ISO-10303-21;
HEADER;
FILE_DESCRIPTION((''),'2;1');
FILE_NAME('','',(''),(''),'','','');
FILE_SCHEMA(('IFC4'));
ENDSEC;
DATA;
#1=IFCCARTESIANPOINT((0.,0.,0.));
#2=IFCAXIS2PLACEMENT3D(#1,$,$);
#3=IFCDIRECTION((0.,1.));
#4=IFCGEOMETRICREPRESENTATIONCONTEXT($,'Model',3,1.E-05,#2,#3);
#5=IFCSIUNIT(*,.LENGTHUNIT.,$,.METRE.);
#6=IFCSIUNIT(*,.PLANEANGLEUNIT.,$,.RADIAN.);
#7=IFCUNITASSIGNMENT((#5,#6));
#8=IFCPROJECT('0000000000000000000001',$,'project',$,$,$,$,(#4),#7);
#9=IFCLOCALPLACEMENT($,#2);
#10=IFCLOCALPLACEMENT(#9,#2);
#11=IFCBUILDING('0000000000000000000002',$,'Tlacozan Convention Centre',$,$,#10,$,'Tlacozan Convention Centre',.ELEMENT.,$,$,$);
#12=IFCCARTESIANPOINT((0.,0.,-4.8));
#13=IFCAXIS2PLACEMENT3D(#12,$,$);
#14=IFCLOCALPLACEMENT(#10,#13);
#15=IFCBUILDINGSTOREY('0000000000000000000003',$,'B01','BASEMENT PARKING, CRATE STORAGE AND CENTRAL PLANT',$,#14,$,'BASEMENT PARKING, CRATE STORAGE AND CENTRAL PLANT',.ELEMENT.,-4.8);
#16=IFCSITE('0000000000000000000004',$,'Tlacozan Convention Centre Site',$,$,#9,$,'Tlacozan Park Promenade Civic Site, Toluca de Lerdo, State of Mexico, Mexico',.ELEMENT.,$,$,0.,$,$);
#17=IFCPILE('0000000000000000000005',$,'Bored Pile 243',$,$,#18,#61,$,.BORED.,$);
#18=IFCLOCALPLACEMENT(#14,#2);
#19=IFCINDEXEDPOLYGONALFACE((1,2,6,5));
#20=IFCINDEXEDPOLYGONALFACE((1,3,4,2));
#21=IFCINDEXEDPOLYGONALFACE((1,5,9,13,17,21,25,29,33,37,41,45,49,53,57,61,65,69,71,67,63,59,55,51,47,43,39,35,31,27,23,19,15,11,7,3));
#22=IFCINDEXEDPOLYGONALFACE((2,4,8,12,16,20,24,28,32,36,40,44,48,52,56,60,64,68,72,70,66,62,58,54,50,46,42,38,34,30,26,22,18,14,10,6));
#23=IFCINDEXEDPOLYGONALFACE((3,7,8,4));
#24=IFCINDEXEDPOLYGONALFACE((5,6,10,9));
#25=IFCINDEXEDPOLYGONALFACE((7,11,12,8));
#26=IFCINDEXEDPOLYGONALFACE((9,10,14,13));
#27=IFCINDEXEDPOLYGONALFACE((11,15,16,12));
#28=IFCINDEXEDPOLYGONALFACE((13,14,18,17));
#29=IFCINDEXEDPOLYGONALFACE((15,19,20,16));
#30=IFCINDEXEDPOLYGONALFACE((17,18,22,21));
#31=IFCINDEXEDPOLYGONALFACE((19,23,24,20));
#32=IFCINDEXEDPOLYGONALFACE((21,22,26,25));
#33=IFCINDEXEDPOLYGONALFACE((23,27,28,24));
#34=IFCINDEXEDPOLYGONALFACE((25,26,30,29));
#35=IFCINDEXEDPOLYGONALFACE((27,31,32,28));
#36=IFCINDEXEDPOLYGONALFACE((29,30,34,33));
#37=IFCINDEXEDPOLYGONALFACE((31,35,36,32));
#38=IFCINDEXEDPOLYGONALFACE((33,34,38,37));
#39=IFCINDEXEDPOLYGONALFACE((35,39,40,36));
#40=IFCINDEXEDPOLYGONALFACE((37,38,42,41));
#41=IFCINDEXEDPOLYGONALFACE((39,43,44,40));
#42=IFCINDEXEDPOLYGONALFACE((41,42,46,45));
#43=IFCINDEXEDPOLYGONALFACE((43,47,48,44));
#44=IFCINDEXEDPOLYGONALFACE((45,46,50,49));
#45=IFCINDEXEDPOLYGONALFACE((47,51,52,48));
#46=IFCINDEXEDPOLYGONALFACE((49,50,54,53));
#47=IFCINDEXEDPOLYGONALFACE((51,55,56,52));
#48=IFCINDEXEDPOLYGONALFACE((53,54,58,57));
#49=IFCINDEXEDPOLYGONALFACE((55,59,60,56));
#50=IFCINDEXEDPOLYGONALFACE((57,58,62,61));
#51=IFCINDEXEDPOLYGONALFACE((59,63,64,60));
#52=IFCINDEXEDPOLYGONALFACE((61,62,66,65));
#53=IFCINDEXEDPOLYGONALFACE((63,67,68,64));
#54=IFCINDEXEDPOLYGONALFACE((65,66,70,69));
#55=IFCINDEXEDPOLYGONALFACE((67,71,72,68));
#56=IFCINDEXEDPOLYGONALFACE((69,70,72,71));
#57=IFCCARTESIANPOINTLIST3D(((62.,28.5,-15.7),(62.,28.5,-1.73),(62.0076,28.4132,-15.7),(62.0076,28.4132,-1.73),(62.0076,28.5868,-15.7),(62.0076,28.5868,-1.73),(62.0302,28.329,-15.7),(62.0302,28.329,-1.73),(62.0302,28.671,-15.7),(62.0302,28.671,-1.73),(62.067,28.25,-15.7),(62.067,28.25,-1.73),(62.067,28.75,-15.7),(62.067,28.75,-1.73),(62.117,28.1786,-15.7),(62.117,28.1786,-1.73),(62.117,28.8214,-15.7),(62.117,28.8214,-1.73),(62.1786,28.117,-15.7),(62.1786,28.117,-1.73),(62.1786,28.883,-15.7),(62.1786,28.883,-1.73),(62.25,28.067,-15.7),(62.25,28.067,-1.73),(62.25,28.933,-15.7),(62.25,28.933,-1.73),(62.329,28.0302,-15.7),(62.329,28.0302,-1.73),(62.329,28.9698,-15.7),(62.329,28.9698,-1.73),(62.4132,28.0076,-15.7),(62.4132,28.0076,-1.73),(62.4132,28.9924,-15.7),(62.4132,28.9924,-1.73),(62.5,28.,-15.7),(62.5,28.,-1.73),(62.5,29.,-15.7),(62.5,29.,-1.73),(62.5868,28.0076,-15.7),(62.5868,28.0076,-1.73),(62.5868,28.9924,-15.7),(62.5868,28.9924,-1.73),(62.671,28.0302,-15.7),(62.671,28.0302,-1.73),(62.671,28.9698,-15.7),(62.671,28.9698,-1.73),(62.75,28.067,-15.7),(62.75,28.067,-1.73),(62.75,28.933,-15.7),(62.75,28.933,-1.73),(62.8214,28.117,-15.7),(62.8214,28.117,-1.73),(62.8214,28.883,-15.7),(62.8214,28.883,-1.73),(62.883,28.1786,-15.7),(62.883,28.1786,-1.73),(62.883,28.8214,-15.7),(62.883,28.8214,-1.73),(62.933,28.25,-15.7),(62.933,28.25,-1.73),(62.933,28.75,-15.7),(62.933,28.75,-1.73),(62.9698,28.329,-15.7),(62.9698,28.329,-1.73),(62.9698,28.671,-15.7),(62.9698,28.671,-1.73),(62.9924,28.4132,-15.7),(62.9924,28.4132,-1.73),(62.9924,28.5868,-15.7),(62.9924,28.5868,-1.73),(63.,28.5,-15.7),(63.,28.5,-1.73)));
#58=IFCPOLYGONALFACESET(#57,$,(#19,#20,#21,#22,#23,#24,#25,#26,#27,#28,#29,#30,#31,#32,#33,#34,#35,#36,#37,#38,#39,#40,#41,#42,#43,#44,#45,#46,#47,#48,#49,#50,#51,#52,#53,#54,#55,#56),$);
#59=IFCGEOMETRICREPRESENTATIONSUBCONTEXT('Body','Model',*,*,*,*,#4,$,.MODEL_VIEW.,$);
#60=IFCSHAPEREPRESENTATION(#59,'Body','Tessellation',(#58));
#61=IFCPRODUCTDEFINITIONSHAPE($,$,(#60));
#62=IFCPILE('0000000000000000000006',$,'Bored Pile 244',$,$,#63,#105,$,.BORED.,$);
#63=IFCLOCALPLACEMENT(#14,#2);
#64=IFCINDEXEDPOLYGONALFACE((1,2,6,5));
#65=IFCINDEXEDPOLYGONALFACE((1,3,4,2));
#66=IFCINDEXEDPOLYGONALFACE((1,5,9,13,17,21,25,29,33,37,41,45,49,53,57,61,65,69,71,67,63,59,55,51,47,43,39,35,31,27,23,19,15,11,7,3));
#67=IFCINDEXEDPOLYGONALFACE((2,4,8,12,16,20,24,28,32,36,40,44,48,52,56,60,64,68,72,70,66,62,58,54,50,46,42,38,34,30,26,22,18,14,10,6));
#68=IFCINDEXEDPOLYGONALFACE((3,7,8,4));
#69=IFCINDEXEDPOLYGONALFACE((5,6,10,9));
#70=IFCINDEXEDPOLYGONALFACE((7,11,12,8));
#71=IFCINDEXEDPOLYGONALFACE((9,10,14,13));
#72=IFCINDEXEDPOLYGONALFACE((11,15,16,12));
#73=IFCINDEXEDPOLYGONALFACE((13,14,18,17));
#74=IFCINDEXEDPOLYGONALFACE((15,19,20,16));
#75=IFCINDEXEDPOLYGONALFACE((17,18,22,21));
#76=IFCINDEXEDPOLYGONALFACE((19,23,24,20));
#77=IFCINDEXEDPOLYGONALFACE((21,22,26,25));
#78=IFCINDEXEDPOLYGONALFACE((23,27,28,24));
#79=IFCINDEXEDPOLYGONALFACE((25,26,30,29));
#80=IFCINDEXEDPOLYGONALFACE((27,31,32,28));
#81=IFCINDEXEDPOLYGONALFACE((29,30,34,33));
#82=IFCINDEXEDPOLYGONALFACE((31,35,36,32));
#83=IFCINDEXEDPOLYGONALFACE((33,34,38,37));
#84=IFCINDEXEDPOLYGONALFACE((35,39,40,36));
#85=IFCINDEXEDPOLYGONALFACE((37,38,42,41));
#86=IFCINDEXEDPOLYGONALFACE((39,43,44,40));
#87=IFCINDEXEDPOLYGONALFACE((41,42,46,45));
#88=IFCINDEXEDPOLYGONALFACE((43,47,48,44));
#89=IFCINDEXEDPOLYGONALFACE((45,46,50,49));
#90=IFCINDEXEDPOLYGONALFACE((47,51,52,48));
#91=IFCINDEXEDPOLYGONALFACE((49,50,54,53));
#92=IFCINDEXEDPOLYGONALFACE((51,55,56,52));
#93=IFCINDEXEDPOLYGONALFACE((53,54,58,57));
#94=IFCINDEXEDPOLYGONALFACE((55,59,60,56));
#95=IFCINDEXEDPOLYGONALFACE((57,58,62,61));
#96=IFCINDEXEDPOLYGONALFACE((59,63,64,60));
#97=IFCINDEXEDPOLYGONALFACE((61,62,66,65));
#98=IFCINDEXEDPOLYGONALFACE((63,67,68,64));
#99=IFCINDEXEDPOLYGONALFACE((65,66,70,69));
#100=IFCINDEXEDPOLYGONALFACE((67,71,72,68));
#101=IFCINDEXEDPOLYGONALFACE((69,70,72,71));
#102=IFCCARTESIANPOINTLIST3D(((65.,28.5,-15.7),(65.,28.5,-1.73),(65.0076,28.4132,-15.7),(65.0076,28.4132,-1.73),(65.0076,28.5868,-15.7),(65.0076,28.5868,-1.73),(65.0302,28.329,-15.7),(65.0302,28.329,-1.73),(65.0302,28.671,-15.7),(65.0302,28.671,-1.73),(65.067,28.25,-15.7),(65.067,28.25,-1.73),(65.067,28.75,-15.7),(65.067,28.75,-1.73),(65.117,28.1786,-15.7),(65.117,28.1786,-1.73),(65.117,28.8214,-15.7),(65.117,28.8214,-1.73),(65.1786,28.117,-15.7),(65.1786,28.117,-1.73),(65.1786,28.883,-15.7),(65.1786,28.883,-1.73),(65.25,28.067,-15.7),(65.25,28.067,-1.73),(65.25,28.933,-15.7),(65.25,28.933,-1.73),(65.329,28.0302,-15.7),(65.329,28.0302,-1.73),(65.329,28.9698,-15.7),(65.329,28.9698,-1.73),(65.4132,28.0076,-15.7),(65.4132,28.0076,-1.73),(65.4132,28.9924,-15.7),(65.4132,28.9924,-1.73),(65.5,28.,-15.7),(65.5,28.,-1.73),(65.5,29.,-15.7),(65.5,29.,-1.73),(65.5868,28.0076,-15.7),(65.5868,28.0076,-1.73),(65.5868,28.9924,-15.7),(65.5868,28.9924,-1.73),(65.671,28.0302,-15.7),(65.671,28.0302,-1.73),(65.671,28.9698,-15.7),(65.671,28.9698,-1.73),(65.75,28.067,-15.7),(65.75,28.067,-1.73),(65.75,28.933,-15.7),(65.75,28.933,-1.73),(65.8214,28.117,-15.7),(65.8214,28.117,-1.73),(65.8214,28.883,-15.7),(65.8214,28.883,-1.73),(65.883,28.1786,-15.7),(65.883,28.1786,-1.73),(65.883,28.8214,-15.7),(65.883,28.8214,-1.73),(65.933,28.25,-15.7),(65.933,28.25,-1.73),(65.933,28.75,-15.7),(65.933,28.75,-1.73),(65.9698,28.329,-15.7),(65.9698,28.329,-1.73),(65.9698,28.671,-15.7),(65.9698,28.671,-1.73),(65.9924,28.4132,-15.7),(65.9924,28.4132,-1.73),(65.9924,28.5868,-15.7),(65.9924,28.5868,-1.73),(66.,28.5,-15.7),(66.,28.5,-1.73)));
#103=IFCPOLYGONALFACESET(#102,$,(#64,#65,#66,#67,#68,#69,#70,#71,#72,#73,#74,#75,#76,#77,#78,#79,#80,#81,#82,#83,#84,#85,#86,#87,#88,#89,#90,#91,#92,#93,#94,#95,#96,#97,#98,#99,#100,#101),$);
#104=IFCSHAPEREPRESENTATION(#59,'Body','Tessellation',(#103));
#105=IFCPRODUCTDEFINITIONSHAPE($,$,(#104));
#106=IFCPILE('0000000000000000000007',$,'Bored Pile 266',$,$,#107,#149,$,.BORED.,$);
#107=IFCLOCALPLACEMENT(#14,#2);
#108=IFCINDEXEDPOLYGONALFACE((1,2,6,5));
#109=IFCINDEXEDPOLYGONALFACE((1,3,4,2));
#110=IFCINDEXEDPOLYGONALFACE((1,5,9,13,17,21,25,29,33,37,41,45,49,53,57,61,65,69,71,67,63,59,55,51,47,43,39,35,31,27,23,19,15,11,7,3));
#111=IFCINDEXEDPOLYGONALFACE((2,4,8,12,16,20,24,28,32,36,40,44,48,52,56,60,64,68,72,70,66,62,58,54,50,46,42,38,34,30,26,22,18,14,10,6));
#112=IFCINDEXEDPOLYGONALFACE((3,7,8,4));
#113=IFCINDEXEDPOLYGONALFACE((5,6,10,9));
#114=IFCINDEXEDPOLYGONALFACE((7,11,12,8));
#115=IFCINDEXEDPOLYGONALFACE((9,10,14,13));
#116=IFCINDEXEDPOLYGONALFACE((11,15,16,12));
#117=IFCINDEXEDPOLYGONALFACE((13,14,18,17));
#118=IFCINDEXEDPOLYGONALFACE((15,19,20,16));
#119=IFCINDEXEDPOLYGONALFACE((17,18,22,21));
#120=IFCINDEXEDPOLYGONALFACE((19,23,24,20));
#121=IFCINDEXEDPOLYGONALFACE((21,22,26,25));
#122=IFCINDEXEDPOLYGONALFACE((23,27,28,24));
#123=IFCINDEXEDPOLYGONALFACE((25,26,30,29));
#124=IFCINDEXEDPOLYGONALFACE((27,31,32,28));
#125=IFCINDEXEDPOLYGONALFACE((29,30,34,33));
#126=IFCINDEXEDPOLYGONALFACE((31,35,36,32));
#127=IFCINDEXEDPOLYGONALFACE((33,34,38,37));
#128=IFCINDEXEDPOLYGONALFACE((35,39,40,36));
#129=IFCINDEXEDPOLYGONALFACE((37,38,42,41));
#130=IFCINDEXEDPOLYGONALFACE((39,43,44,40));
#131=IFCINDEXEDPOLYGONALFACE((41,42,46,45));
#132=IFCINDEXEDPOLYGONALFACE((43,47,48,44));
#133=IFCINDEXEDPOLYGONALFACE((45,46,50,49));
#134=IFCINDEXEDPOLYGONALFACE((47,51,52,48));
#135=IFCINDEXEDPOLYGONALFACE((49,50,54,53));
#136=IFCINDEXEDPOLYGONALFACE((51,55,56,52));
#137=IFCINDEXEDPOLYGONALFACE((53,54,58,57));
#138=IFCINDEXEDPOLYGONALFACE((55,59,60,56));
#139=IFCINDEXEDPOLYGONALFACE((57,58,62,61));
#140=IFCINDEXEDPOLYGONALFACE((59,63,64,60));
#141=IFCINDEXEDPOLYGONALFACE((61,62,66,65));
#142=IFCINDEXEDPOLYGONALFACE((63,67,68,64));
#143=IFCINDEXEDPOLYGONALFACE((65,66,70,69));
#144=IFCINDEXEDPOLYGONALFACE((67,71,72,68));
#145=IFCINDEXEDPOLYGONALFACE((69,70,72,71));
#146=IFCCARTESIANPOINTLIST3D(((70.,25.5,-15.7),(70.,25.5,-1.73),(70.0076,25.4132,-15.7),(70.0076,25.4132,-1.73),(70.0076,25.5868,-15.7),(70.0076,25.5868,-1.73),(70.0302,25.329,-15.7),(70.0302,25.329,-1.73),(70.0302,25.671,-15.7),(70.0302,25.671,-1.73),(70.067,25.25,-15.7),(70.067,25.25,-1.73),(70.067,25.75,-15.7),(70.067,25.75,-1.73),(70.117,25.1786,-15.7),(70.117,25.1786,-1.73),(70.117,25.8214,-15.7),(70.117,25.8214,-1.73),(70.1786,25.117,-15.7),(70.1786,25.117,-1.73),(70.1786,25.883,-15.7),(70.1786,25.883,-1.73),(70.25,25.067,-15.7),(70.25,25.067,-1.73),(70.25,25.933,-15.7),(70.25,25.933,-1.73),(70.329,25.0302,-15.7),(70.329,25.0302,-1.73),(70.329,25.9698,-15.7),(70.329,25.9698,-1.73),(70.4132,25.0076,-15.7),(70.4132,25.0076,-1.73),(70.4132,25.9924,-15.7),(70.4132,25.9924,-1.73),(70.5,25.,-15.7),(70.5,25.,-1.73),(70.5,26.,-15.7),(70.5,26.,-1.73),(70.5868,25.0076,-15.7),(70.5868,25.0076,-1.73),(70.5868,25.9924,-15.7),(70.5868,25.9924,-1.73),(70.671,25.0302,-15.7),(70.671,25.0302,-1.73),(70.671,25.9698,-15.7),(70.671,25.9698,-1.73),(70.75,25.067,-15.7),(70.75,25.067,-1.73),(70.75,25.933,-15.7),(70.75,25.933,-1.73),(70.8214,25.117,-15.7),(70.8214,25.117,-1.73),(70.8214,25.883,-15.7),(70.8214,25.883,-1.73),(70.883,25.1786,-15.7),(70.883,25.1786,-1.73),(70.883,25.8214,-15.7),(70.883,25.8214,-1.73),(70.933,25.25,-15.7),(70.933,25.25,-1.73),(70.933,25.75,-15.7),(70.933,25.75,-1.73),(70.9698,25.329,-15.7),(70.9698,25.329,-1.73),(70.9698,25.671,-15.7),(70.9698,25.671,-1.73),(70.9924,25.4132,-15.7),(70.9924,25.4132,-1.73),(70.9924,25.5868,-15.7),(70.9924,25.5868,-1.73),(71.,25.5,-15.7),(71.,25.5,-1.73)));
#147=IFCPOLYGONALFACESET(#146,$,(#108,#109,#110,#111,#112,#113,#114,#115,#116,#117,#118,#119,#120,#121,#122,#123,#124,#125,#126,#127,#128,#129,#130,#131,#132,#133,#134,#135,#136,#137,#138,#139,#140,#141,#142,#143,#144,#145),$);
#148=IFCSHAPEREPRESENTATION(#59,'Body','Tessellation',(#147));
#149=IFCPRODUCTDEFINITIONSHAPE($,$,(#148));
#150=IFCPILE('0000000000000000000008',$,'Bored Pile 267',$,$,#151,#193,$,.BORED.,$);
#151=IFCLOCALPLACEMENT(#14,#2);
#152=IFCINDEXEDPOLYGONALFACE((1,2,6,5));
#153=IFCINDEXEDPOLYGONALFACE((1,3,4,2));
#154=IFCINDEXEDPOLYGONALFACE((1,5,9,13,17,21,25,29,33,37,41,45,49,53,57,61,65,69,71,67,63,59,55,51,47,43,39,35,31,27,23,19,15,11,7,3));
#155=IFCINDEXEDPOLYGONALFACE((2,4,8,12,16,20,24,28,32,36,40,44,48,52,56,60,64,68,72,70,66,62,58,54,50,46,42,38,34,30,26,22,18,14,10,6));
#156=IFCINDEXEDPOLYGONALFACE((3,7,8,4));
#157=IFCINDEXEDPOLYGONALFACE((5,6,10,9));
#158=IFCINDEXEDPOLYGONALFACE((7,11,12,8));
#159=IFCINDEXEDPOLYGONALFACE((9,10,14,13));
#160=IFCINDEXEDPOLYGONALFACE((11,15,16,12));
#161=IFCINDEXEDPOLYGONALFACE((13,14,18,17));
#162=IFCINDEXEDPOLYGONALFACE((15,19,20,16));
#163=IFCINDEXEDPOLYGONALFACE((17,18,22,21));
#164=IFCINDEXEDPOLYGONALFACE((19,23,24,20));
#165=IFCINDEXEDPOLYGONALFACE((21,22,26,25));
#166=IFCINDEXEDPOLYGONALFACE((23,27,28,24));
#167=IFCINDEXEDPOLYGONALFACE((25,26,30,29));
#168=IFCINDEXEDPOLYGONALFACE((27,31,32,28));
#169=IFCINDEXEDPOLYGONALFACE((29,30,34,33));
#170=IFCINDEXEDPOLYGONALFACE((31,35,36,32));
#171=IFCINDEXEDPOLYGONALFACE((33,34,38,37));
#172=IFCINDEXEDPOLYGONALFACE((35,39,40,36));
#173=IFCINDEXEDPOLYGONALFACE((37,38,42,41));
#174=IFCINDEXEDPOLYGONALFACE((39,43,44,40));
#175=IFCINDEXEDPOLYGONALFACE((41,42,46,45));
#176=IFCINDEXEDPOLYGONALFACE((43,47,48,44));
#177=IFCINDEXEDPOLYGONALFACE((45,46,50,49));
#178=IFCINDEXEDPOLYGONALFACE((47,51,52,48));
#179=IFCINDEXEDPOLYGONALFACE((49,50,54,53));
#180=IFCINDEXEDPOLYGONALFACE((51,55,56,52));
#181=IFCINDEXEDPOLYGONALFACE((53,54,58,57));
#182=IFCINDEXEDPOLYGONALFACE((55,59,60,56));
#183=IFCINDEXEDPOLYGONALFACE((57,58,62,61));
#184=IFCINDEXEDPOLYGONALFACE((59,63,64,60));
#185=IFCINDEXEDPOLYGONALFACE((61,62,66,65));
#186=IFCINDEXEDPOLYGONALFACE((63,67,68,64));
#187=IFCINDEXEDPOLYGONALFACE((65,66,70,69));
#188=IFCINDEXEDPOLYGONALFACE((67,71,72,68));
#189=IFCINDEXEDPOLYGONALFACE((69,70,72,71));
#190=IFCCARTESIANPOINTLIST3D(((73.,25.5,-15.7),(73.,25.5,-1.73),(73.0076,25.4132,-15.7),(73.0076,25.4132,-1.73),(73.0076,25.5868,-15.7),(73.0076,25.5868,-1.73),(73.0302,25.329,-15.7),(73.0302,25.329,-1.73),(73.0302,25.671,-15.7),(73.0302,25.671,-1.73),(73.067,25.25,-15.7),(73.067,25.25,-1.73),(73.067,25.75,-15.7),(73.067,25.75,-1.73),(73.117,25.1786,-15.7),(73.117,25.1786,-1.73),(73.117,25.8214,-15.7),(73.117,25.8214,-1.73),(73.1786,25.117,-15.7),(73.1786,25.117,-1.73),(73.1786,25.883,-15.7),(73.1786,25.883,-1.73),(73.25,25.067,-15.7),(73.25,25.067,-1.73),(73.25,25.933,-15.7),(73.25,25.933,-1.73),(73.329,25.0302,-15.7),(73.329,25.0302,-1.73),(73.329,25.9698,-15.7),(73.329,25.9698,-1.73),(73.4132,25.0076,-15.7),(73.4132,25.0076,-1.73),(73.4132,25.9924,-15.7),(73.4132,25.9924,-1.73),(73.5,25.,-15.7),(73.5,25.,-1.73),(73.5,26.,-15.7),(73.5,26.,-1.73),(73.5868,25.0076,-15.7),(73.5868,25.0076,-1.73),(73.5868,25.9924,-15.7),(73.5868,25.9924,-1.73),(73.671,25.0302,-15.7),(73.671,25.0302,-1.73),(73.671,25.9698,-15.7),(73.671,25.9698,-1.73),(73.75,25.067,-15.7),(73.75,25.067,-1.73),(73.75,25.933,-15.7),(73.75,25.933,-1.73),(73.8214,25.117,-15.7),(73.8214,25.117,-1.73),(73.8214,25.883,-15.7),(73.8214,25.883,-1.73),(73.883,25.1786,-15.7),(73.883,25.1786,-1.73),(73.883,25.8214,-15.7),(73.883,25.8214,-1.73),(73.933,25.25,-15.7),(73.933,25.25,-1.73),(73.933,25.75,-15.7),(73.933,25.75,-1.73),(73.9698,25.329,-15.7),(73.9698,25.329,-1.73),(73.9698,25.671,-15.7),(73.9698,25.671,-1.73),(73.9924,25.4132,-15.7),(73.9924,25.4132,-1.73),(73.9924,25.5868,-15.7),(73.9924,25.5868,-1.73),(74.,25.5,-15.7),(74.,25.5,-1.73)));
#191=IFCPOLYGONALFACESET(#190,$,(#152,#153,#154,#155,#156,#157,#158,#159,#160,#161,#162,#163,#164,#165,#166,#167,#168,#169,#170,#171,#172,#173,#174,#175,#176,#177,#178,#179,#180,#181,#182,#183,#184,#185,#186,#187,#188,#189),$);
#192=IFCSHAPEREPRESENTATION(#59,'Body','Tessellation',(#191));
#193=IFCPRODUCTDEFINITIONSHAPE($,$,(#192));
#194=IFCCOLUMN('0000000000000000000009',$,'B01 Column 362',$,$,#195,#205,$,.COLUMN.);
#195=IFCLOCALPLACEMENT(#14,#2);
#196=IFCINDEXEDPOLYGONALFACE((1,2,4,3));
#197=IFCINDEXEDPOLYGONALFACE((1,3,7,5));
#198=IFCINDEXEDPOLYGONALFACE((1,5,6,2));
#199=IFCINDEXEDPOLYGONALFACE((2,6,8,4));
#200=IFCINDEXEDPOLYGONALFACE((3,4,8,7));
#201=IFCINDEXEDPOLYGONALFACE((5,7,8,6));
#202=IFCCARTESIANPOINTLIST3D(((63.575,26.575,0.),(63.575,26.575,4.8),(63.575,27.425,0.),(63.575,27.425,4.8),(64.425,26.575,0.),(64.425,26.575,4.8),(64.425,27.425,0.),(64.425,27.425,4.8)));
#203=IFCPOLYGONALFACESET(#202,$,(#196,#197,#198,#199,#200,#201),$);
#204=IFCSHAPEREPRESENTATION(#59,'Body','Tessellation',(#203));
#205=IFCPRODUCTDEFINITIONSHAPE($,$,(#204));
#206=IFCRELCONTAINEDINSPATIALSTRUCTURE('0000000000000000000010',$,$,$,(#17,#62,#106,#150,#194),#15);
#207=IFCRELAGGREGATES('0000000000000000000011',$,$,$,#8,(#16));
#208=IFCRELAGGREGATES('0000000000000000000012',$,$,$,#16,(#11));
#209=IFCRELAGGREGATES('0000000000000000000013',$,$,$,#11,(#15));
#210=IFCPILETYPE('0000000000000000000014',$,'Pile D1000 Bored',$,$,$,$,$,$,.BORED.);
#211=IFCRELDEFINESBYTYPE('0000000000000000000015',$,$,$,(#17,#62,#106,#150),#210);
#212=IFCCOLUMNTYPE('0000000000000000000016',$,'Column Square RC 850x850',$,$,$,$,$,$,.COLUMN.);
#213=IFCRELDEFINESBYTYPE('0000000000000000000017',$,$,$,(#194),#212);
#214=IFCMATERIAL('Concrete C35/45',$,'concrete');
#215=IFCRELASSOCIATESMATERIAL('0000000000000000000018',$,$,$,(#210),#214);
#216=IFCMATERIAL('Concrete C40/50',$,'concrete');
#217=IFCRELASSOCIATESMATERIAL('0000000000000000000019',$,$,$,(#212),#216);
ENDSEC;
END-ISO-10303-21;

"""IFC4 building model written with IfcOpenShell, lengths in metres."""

from ifc_helpers import new_model, si_unit, direction, frame, origin, origin_2d, place, context, subcontext, project, spatial, rectangle, circle, extrude, material, material_profile, profile_set, type_object, element, save


model = new_model("IFC4")

# Units and contexts
model_context = context("Model", 3, precision=1e-05, world=origin(), true_north=direction((0.0, 1.0)))
body_context = subcontext(model_context, "Body", "Model", "MODEL_VIEW")
ifc_project = project(units=[si_unit("LENGTHUNIT", "METRE"), si_unit("PLANEANGLEUNIT", "RADIAN")], contexts=[model_context])

# Site, building, storey
site_placement = place(None, origin())
site = spatial("IfcSite", under=ifc_project, at=site_placement, Name="Tlacozan Convention Centre Site", LongName="Tlacozan Park Promenade Civic Site, Toluca de Lerdo, State of Mexico, Mexico", CompositionType="ELEMENT", RefElevation=0.0)
building_placement = place(site_placement, origin())
building = spatial("IfcBuilding", under=site, at=building_placement, Name="Tlacozan Convention Centre", LongName="Tlacozan Convention Centre", CompositionType="ELEMENT")
storey_placement = place(building_placement, frame((0.0, 0.0, -4.8)))
storey = spatial("IfcBuildingStorey", under=building, at=storey_placement, Name="B01", Description="BASEMENT PARKING, CRATE STORAGE AND CENTRAL PLANT", LongName="BASEMENT PARKING, CRATE STORAGE AND CENTRAL PLANT", CompositionType="ELEMENT", Elevation=-4.8)

# Shared definitions
ifc_material_1 = material(Name="Concrete C35/45", Category="concrete")

# Piles
ifc_material_profile_1 = material_profile(ifc_material_1, circle(Radius=0.5, at=origin_2d()), Name="PILE D1000")
ifc_profile_set_1 = profile_set([ifc_material_profile_1], Name="Concrete C35/45")
pile_type = type_object("IfcPileType", Name="Pile D1000 Bored", PredefinedType="BORED", material=ifc_profile_set_1)
for number, where, z_axis, x_axis, name in (
    (1, (62.5, 28.5, -1.73), (0.0, 0.0, -1.0), (1.0, 0.0, 0.0), "Bored Pile 243"),
    (2, (65.5, 28.5, -1.73), (0.0, 0.0, -1.0), (1.0, 0.0, 0.0), "Bored Pile 244"),
    (3, (70.5, 25.5, -1.73), (0.0, 0.0, -1.0), (1.0, 0.0, 0.0), "Bored Pile 266"),
    (4, (73.5, 25.5, -1.73), (0.0, 0.0, -1.0), (1.0, 0.0, 0.0), "Bored Pile 267"),
):
    element("IfcPile", number, at=place(storey_placement, frame(where, z_axis=z_axis, x_axis=x_axis)), inside=storey, type_object=pile_type, Name=name, PredefinedType="BORED", context=body_context, shape_type="SweptSolid", body=[
        extrude(circle(Radius=0.5, at=origin_2d()), origin(), (0.0, 0.0, 1.0), 13.97),
    ])

# Column
ifc_material_2 = material(Name="Concrete C40/50", Category="concrete")
ifc_material_profile_2 = material_profile(ifc_material_2, rectangle(XDim=0.8501, YDim=0.8501, at=origin_2d()), Name="RC 850x850")
ifc_profile_set_2 = profile_set([ifc_material_profile_2], Name="Concrete C40/50")
column_type = type_object("IfcColumnType", Name="Column Square RC 850x850", PredefinedType="COLUMN", material=ifc_profile_set_2)
for number, where, z_axis, x_axis, name in (
    (5, (64.0, 27.0, 0.0), (0.0, 0.0, 1.0), (1.0, 0.0, 0.0), "B01 Column 362"),
):
    element("IfcColumn", number, at=place(storey_placement, frame(where, z_axis=z_axis, x_axis=x_axis)), inside=storey, type_object=column_type, Name=name, PredefinedType="COLUMN", context=body_context, shape_type="SweptSolid", body=[
        extrude(rectangle(XDim=0.8501, YDim=0.8501, at=origin_2d()), origin(), (0.0, 0.0, 1.0), 4.8),
    ])

save(model, "model.ifc")
